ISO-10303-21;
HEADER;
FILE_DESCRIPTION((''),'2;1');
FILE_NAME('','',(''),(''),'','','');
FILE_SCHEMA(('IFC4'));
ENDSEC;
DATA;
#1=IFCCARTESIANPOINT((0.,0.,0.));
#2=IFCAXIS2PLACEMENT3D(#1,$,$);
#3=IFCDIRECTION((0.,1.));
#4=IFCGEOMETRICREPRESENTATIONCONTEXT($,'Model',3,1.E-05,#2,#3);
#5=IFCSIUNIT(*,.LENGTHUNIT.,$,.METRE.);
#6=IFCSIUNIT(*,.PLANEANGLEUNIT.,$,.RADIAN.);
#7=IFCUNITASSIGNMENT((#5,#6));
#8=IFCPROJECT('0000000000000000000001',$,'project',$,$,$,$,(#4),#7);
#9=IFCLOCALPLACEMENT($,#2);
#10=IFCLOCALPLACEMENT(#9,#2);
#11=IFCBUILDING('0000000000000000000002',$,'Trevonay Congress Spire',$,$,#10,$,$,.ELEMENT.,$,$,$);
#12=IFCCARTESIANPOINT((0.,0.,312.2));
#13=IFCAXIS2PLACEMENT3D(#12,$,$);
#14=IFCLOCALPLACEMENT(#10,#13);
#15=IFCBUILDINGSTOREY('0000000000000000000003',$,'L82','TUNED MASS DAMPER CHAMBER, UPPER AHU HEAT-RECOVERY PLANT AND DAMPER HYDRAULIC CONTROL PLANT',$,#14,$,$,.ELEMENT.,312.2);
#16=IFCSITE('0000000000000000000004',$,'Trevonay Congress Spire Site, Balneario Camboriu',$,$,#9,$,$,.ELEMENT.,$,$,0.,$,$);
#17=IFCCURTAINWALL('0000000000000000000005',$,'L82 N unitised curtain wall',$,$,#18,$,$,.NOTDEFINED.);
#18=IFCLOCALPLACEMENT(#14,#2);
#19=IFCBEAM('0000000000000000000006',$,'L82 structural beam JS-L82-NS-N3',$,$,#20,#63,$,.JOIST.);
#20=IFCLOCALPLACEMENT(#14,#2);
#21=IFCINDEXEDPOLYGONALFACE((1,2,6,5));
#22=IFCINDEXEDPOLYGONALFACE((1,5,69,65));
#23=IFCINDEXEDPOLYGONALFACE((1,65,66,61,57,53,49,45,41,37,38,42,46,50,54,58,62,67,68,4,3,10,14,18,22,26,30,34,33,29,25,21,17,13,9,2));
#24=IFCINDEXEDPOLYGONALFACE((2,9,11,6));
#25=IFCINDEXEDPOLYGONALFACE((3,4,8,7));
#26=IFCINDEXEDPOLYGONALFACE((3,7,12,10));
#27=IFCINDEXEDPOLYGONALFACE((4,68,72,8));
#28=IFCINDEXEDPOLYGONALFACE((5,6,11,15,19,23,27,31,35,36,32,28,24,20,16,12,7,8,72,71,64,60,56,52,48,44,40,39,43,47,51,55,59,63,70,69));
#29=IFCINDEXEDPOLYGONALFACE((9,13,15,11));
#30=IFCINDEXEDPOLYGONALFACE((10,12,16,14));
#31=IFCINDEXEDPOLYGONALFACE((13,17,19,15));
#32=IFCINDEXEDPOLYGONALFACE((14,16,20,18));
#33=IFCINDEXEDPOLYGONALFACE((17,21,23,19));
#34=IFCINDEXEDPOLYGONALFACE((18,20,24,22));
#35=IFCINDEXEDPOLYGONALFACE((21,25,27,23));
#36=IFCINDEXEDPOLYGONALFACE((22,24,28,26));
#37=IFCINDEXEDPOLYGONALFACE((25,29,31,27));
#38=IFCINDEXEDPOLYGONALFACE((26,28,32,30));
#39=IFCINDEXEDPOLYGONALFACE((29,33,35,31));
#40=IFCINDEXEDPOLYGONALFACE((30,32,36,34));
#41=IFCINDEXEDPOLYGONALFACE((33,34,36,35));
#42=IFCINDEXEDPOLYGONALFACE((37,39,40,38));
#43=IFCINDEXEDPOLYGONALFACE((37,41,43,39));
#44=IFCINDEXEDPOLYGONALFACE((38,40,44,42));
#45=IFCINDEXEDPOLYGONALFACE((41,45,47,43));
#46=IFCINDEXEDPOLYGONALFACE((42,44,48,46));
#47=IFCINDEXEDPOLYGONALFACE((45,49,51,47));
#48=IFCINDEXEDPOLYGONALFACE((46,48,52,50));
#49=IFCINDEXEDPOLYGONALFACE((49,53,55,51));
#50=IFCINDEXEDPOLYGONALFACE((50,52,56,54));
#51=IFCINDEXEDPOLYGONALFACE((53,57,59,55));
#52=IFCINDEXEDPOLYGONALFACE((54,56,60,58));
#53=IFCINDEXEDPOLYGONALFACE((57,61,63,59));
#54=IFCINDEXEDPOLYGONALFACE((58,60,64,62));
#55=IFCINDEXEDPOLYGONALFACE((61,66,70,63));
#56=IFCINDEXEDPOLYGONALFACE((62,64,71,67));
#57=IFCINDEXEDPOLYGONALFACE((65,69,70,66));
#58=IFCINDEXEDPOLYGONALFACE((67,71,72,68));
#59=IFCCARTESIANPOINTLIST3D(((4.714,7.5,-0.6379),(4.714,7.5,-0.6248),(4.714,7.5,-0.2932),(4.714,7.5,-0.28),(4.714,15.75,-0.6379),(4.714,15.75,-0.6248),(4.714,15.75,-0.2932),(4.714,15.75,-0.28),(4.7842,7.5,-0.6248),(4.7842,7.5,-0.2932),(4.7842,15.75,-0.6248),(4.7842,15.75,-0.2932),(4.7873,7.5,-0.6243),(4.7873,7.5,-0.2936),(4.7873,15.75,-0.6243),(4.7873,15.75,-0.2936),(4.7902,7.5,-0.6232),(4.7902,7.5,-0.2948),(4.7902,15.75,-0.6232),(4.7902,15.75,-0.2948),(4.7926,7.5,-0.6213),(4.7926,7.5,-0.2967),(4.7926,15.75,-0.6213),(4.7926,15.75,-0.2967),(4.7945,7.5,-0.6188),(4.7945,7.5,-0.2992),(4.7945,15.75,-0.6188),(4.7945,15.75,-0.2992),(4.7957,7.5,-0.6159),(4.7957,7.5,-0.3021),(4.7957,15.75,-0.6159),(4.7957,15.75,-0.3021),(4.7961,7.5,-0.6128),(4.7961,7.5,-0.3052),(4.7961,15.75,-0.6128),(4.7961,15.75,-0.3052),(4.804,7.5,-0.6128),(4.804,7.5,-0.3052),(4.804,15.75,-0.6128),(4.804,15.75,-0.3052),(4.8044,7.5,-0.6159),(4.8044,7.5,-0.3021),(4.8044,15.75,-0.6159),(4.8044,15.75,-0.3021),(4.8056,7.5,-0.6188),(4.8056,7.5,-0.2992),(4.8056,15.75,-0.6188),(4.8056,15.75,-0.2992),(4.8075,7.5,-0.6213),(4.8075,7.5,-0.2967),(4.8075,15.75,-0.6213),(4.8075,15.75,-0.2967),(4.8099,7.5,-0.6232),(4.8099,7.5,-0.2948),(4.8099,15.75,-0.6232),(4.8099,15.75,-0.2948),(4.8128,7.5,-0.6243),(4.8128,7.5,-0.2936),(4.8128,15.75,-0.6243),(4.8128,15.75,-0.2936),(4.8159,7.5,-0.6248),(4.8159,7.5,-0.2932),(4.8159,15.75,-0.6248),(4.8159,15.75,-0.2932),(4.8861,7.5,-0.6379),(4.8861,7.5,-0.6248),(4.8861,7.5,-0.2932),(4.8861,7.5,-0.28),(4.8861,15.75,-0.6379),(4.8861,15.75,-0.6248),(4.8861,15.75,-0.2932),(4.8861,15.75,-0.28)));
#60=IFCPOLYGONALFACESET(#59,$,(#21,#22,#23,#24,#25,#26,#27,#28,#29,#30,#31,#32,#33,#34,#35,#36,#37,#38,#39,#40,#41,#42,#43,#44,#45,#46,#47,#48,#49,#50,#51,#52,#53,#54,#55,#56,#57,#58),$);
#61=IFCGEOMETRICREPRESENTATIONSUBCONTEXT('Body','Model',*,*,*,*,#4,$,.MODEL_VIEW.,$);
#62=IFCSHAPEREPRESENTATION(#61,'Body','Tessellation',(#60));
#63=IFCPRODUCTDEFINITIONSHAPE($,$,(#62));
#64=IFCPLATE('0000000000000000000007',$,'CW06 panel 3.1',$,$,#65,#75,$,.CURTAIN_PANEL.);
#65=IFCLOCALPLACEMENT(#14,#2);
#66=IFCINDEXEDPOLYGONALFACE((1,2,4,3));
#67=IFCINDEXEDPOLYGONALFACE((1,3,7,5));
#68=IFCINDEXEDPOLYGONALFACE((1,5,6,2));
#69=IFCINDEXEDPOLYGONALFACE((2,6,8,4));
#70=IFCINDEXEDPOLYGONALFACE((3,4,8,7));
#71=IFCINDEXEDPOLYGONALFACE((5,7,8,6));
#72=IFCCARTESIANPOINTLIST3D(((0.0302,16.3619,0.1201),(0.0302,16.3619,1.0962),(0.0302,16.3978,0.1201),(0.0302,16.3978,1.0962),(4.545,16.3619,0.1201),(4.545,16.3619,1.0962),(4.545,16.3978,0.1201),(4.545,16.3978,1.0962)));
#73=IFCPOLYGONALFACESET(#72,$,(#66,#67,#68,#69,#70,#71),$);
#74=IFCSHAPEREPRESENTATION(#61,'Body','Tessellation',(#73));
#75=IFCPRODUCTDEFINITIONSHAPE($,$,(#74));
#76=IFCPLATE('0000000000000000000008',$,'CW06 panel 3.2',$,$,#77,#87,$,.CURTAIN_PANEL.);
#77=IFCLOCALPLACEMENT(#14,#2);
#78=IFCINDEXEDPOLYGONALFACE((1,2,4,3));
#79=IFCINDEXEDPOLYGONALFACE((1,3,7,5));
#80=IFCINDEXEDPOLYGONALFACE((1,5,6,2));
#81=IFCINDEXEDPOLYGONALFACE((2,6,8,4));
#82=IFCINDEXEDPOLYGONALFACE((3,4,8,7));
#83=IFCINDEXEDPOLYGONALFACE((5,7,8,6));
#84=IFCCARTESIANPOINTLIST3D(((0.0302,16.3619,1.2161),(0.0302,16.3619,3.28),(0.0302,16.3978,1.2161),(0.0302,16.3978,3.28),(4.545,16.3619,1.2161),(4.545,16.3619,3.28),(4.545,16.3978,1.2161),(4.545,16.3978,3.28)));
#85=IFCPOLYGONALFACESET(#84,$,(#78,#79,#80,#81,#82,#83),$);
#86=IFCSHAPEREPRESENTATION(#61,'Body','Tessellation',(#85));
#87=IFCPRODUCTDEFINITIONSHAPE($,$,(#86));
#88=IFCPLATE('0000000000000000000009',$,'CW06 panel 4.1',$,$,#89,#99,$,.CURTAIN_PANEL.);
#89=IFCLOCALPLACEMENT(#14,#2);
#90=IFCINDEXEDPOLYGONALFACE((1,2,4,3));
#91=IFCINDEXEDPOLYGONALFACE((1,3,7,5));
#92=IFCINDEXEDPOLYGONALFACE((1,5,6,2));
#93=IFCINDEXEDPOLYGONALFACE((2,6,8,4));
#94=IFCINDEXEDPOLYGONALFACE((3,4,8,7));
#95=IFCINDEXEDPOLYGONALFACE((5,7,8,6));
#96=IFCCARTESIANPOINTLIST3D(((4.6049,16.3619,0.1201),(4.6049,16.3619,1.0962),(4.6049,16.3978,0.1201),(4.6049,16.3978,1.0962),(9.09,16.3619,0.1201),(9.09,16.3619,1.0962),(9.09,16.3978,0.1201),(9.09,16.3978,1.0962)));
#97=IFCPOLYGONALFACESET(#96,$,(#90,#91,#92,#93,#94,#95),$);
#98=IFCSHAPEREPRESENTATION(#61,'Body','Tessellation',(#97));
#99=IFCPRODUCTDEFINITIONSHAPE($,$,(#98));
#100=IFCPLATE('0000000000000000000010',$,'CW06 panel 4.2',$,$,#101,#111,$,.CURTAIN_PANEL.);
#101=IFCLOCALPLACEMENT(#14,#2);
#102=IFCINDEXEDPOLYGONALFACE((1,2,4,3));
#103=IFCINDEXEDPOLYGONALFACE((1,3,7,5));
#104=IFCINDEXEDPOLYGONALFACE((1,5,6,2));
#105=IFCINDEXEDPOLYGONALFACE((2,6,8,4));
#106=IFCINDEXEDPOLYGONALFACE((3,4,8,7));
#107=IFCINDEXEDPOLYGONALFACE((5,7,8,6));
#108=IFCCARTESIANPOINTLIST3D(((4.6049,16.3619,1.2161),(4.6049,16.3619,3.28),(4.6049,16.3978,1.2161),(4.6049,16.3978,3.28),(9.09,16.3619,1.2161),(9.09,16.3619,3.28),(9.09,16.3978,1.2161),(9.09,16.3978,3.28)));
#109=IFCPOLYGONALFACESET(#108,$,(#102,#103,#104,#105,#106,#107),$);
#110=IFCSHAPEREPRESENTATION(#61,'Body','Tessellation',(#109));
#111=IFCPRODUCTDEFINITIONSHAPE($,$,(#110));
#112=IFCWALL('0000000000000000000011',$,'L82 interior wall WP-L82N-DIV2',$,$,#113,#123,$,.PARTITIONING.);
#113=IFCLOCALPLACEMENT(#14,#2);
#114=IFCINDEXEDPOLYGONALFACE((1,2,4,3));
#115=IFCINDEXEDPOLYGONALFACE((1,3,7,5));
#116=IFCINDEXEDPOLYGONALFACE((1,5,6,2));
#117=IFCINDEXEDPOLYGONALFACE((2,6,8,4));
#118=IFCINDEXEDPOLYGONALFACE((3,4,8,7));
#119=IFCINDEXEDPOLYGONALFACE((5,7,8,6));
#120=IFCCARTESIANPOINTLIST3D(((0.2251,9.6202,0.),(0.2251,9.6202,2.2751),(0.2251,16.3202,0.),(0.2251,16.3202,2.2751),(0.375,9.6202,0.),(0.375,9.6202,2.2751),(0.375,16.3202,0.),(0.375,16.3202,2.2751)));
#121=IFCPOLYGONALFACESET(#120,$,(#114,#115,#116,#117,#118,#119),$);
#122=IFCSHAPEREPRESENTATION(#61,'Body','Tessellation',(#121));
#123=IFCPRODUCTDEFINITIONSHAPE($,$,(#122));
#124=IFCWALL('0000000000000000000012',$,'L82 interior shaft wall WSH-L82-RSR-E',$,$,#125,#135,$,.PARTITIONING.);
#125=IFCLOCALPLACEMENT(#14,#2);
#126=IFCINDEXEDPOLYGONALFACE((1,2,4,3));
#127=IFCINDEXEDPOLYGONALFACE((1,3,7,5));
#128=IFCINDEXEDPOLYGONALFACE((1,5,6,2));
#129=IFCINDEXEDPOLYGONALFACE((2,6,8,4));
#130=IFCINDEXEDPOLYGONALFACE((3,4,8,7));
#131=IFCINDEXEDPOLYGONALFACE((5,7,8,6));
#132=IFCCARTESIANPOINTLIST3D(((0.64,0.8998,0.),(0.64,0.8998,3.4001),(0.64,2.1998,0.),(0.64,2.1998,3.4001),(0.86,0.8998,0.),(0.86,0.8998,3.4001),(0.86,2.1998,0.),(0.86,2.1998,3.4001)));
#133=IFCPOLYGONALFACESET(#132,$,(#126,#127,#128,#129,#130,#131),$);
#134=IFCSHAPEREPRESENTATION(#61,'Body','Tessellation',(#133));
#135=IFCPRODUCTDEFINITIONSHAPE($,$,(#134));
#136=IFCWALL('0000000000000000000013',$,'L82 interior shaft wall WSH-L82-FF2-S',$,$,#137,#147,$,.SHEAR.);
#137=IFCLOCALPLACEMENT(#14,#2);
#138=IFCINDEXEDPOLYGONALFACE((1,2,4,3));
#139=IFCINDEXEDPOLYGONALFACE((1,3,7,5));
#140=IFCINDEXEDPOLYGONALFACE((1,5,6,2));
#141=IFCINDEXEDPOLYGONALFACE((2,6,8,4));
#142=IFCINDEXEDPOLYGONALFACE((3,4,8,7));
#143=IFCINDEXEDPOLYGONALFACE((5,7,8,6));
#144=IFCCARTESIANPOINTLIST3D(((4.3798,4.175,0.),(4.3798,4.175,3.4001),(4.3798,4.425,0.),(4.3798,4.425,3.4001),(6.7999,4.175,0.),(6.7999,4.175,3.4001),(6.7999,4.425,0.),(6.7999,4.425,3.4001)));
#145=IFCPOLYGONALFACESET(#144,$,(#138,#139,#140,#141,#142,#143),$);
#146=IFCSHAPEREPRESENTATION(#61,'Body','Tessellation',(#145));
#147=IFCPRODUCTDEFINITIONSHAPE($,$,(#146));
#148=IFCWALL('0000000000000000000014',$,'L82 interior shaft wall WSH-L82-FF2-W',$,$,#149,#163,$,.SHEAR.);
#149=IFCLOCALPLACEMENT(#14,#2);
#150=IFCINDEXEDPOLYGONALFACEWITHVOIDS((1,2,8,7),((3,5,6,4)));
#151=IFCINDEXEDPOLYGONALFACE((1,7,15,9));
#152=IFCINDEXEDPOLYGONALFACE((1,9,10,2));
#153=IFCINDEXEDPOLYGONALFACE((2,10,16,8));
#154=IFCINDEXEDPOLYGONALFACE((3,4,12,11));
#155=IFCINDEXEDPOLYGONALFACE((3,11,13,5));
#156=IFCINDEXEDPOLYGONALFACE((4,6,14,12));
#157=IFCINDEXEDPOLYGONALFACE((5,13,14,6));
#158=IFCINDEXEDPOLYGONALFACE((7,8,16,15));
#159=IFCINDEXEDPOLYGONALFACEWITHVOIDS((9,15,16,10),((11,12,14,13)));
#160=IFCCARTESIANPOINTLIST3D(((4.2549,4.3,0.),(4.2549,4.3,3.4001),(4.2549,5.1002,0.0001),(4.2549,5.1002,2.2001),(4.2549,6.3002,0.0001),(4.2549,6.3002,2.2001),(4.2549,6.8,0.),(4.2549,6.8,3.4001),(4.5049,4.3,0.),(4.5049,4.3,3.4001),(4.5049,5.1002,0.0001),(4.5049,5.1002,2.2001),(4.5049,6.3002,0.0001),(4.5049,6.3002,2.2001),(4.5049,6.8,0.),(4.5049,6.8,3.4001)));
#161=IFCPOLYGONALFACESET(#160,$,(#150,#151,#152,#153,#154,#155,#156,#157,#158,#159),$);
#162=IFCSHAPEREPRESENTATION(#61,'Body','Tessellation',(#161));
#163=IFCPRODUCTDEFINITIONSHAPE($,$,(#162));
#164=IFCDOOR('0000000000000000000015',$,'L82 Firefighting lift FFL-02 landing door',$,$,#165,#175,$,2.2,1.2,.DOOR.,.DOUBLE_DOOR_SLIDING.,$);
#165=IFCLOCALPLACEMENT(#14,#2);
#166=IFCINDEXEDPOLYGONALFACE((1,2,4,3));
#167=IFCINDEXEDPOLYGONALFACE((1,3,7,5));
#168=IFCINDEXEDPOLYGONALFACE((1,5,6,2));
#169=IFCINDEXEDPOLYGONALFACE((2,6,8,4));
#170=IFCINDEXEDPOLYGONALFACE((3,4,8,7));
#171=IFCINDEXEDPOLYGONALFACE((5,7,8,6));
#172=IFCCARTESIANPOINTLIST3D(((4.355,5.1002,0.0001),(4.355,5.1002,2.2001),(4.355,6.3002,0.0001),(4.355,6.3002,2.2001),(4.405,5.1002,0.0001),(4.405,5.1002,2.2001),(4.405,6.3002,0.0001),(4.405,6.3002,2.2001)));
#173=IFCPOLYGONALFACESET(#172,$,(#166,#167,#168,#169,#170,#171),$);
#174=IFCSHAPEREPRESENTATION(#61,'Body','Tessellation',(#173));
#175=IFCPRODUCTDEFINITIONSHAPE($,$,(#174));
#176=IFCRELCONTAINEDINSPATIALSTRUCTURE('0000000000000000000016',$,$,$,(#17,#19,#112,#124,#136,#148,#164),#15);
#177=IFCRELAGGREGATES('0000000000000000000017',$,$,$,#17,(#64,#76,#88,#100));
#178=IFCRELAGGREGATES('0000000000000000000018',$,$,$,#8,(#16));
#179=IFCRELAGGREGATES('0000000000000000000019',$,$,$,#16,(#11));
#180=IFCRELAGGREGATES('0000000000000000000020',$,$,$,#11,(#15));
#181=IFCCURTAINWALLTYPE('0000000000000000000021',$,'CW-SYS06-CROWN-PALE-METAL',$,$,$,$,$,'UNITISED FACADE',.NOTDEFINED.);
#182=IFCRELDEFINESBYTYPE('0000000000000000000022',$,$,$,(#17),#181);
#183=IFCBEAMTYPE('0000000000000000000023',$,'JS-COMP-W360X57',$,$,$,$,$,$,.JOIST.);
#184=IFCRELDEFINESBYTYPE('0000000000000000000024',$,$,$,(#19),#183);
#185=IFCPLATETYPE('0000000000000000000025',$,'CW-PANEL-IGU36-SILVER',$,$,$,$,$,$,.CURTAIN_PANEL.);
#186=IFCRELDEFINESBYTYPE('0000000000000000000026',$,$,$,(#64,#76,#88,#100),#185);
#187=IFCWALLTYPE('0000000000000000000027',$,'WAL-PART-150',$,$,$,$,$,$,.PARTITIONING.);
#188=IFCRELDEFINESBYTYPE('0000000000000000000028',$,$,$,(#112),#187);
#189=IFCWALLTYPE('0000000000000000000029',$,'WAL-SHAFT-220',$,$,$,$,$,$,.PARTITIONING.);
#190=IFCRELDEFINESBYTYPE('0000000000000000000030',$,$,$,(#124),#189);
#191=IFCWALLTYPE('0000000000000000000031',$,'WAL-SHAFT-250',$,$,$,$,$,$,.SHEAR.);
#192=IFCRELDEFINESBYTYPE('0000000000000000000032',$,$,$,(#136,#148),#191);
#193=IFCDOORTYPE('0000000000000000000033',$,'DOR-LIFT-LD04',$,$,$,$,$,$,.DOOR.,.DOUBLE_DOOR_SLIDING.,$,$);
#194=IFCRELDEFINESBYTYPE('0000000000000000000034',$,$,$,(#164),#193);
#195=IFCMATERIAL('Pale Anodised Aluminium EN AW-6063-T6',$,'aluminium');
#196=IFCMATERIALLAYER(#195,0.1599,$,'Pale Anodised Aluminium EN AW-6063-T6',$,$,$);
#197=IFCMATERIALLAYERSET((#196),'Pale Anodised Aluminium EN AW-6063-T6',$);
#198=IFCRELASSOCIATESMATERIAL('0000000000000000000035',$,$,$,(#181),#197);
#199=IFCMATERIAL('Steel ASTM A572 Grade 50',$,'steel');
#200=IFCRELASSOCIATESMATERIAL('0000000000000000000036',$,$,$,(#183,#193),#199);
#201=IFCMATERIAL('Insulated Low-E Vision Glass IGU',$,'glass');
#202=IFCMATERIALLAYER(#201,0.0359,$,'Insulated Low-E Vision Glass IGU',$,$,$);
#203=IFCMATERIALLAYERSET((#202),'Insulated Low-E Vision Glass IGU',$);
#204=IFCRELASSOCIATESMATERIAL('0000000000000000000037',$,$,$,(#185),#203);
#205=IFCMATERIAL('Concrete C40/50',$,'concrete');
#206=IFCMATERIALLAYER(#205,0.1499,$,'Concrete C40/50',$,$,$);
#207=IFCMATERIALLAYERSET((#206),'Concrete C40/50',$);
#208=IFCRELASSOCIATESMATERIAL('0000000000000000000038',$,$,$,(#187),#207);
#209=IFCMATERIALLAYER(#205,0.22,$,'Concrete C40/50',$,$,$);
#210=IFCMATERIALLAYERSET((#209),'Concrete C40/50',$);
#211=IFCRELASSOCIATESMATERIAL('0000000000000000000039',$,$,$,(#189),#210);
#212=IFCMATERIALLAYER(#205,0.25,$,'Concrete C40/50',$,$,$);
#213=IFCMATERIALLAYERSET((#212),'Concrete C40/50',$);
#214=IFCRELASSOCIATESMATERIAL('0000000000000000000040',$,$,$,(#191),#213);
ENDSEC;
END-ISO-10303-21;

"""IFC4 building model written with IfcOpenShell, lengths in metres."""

from ifc_helpers import new_model, si_unit, direction, frame, frame_2d, origin, origin_2d, place, context, subcontext, project, spatial, rectangle, i_section, extrude, material, layer, layer_set, material_profile, profile_set, type_object, element, fill, aggregate, save


model = new_model("IFC4")

# Units and contexts
model_context = context("Model", 3, precision=1e-05, world=origin(), true_north=direction((0.0, 1.0)))
body_context = subcontext(model_context, "Body", "Model", "MODEL_VIEW")
ifc_project = project(units=[si_unit("LENGTHUNIT", "METRE"), si_unit("PLANEANGLEUNIT", "RADIAN")], contexts=[model_context])

# Site, building, storey
site_placement = place(None, origin())
site = spatial("IfcSite", under=ifc_project, at=site_placement, Name="Trevonay Congress Spire Site, Balneario Camboriu", CompositionType="ELEMENT", RefElevation=0.0)
building_placement = place(site_placement, origin())
building = spatial("IfcBuilding", under=site, at=building_placement, Name="Trevonay Congress Spire", CompositionType="ELEMENT")
storey_placement = place(building_placement, frame((0.0, 0.0, 312.2)))
storey = spatial("IfcBuildingStorey", under=building, at=storey_placement, Name="L82", Description="TUNED MASS DAMPER CHAMBER, UPPER AHU HEAT-RECOVERY PLANT AND DAMPER HYDRAULIC CONTROL PLANT", CompositionType="ELEMENT", Elevation=312.2)

# Shared definitions
ifc_material_1 = material(Name="Steel ASTM A572 Grade 50", Category="steel")

# Curtain wall
ifc_material_2 = material(Name="Pale Anodised Aluminium EN AW-6063-T6", Category="aluminium")
ifc_layer_1 = layer(ifc_material_2, 0.1599, Name="Pale Anodised Aluminium EN AW-6063-T6")
ifc_layer_set_1 = layer_set([ifc_layer_1], Name="Pale Anodised Aluminium EN AW-6063-T6")
curtain_wall_type = type_object("IfcCurtainWallType", Name="CW-SYS06-CROWN-PALE-METAL", ElementType="UNITISED FACADE", PredefinedType="NOTDEFINED", material=ifc_layer_set_1)
curtain_wall_placement = place(storey_placement, origin())
curtain_wall = element("IfcCurtainWall", 1, at=curtain_wall_placement, inside=storey, type_object=curtain_wall_type, Name="L82 N unitised curtain wall", PredefinedType="NOTDEFINED")

# Beam
ifc_material_profile_1 = material_profile(ifc_material_1, i_section(OverallWidth=0.1721, OverallDepth=0.3579, WebThickness=0.0078, FlangeThickness=0.0132, FilletRadius=0.012, at=origin_2d()), Name="W360x57.8")
ifc_profile_set_1 = profile_set([ifc_material_profile_1], Name="Steel ASTM A572 Grade 50")
beam_type_1 = type_object("IfcBeamType", Name="JS-COMP-W360X57", PredefinedType="JOIST", material=ifc_profile_set_1)
beam_1_placement = place(storey_placement, frame((4.8, 7.5, -0.459), z_axis=(0.0, 1.0, 0.0), x_axis=(-1.0, 0.0, 0.0)))
element("IfcBeam", 2, at=beam_1_placement, inside=storey, type_object=beam_type_1, Name="L82 structural beam JS-L82-NS-N3", PredefinedType="JOIST", context=body_context, shape_type="SweptSolid", body=[
    extrude(i_section(OverallWidth=0.1721, OverallDepth=0.3579, WebThickness=0.0078, FlangeThickness=0.0132, FilletRadius=0.012, at=origin_2d()), origin(), (0.0, 0.0, 1.0), 8.25),
])

# Plates
ifc_material_3 = material(Name="Insulated Low-E Vision Glass IGU", Category="glass")
ifc_layer_2 = layer(ifc_material_3, 0.0359, Name="Insulated Low-E Vision Glass IGU")
ifc_layer_set_2 = layer_set([ifc_layer_2], Name="Insulated Low-E Vision Glass IGU")
plate_type = type_object("IfcPlateType", Name="CW-PANEL-IGU36-SILVER", PredefinedType="CURTAIN_PANEL", material=ifc_layer_set_2)
plate_1_placement = place(storey_placement, frame((2.2876, 16.3799, 0.1201), z_axis=(0.0, 0.0, 1.0), x_axis=(1.0, 0.0, 0.0)))
plate_1 = element("IfcPlate", 3, at=plate_1_placement, type_object=plate_type, Name="CW06 panel 3.1", PredefinedType="CURTAIN_PANEL", context=body_context, shape_type="SweptSolid", body=[
    extrude(rectangle(XDim=4.5149, YDim=0.0359, at=origin_2d()), origin(), (0.0, 0.0, 1.0), 0.9761),
])
plate_2_placement = place(storey_placement, frame((2.2876, 16.3799, 1.2161), z_axis=(0.0, 0.0, 1.0), x_axis=(1.0, 0.0, 0.0)))
plate_2 = element("IfcPlate", 4, at=plate_2_placement, type_object=plate_type, Name="CW06 panel 3.2", PredefinedType="CURTAIN_PANEL", context=body_context, shape_type="SweptSolid", body=[
    extrude(rectangle(XDim=4.5149, YDim=0.0359, at=origin_2d()), origin(), (0.0, 0.0, 1.0), 2.064),
])
plate_3_placement = place(storey_placement, frame((6.8474, 16.3799, 0.1201), z_axis=(0.0, 0.0, 1.0), x_axis=(1.0, 0.0, 0.0)))
plate_3 = element("IfcPlate", 5, at=plate_3_placement, type_object=plate_type, Name="CW06 panel 4.1", PredefinedType="CURTAIN_PANEL", context=body_context, shape_type="SweptSolid", body=[
    extrude(rectangle(XDim=4.4851, YDim=0.0359, at=origin_2d()), origin(), (0.0, 0.0, 1.0), 0.9761),
])
plate_4_placement = place(storey_placement, frame((6.8474, 16.3799, 1.2161), z_axis=(0.0, 0.0, 1.0), x_axis=(1.0, 0.0, 0.0)))
plate_4 = element("IfcPlate", 6, at=plate_4_placement, type_object=plate_type, Name="CW06 panel 4.2", PredefinedType="CURTAIN_PANEL", context=body_context, shape_type="SweptSolid", body=[
    extrude(rectangle(XDim=4.4851, YDim=0.0359, at=origin_2d()), origin(), (0.0, 0.0, 1.0), 2.064),
])
aggregate(curtain_wall, [plate_1, plate_2, plate_3, plate_4])

# Walls
ifc_material_4 = material(Name="Concrete C40/50", Category="concrete")
ifc_layer_3 = layer(ifc_material_4, 0.1499, Name="Concrete C40/50")
ifc_layer_set_3 = layer_set([ifc_layer_3], Name="Concrete C40/50")
wall_type_1 = type_object("IfcWallType", Name="WAL-PART-150", PredefinedType="PARTITIONING", material=ifc_layer_set_3)
wall_1_placement = place(storey_placement, frame((0.3, 9.6201, 0.0), z_axis=(0.0, 0.0, 1.0), x_axis=(0.0, 1.0, 0.0)))
element("IfcWall", 7, at=wall_1_placement, inside=storey, type_object=wall_type_1, Name="L82 interior wall WP-L82N-DIV2", PredefinedType="PARTITIONING", context=body_context, shape_type="SweptSolid", body=[
    extrude(rectangle(XDim=6.7, YDim=0.1499, at=frame_2d((3.3501, 0.0))), origin(), (0.0, 0.0, 1.0), 2.2751),
])
ifc_layer_4 = layer(ifc_material_4, 0.22, Name="Concrete C40/50")
ifc_layer_set_4 = layer_set([ifc_layer_4], Name="Concrete C40/50")
wall_type_2 = type_object("IfcWallType", Name="WAL-SHAFT-220", PredefinedType="PARTITIONING", material=ifc_layer_set_4)
wall_2_placement = place(storey_placement, frame((0.75, 0.8999, 0.0), z_axis=(0.0, 0.0, 1.0), x_axis=(0.0, 1.0, 0.0)))
element("IfcWall", 8, at=wall_2_placement, inside=storey, type_object=wall_type_2, Name="L82 interior shaft wall WSH-L82-RSR-E", PredefinedType="PARTITIONING", context=body_context, shape_type="SweptSolid", body=[
    extrude(rectangle(XDim=1.3, YDim=0.22, at=frame_2d((0.6499, 0.0))), origin(), (0.0, 0.0, 1.0), 3.4001),
])
ifc_layer_5 = layer(ifc_material_4, 0.25, Name="Concrete C40/50")
ifc_layer_set_5 = layer_set([ifc_layer_5], Name="Concrete C40/50")
wall_type_3 = type_object("IfcWallType", Name="WAL-SHAFT-250", PredefinedType="SHEAR", material=ifc_layer_set_5)
wall_3_placement = place(storey_placement, frame((4.3799, 4.3, 0.0), z_axis=(0.0, 0.0, 1.0), x_axis=(1.0, 0.0, 0.0)))
element("IfcWall", 9, at=wall_3_placement, inside=storey, type_object=wall_type_3, Name="L82 interior shaft wall WSH-L82-FF2-S", PredefinedType="SHEAR", context=body_context, shape_type="SweptSolid", body=[
    extrude(rectangle(XDim=2.4202, YDim=0.25, at=frame_2d((1.21, 0.0))), origin(), (0.0, 0.0, 1.0), 3.4001),
])

# Wall, opening, door
wall_4_placement = place(storey_placement, frame((4.3799, 4.3, 0.0), z_axis=(0.0, 0.0, 1.0), x_axis=(0.0, 1.0, 0.0)))
wall_4 = element("IfcWall", 10, at=wall_4_placement, inside=storey, type_object=wall_type_3, Name="L82 interior shaft wall WSH-L82-FF2-W", PredefinedType="SHEAR", context=body_context, shape_type="SweptSolid", body=[
    extrude(rectangle(XDim=2.5, YDim=0.25, at=frame_2d((1.25, 0.0))), origin(), (0.0, 0.0, 1.0), 3.4001),
])
opening_placement = place(wall_4_placement, frame((0.8, 0.0, 0.0)))
opening = element("IfcOpeningElement", 11, at=opening_placement, cuts=wall_4, PredefinedType="OPENING", context=body_context, shape_type="SweptSolid", body=[
    extrude(rectangle(XDim=1.2, YDim=2.2, at=frame_2d((0.6001, 1.1001))), frame((0.0, 0.135, 0.0), z_axis=(0.0, -1.0, 0.0), x_axis=(1.0, 0.0, 0.0)), (0.0, 0.0, 1.0), 0.27),
])
door_type = type_object("IfcDoorType", Name="DOR-LIFT-LD04", OperationType="DOUBLE_DOOR_SLIDING", PredefinedType="DOOR", material=ifc_material_1)
door_placement = place(opening_placement, origin())
door = element("IfcDoor", 12, at=door_placement, inside=storey, type_object=door_type, Name="L82 Firefighting lift FFL-02 landing door", OperationType="DOUBLE_DOOR_SLIDING", OverallHeight=2.2, OverallWidth=1.2, PredefinedType="DOOR", context=body_context, shape_type="SweptSolid", body=[
    extrude(rectangle(XDim=1.2, YDim=2.2, at=frame_2d((0.6001, 1.1001))), frame((0.0, 0.0249, 0.0), z_axis=(0.0, -1.0, 0.0), x_axis=(1.0, 0.0, 0.0)), (0.0, 0.0, 1.0), 0.05),
])
fill(opening, door)

save(model, "model.ifc")
